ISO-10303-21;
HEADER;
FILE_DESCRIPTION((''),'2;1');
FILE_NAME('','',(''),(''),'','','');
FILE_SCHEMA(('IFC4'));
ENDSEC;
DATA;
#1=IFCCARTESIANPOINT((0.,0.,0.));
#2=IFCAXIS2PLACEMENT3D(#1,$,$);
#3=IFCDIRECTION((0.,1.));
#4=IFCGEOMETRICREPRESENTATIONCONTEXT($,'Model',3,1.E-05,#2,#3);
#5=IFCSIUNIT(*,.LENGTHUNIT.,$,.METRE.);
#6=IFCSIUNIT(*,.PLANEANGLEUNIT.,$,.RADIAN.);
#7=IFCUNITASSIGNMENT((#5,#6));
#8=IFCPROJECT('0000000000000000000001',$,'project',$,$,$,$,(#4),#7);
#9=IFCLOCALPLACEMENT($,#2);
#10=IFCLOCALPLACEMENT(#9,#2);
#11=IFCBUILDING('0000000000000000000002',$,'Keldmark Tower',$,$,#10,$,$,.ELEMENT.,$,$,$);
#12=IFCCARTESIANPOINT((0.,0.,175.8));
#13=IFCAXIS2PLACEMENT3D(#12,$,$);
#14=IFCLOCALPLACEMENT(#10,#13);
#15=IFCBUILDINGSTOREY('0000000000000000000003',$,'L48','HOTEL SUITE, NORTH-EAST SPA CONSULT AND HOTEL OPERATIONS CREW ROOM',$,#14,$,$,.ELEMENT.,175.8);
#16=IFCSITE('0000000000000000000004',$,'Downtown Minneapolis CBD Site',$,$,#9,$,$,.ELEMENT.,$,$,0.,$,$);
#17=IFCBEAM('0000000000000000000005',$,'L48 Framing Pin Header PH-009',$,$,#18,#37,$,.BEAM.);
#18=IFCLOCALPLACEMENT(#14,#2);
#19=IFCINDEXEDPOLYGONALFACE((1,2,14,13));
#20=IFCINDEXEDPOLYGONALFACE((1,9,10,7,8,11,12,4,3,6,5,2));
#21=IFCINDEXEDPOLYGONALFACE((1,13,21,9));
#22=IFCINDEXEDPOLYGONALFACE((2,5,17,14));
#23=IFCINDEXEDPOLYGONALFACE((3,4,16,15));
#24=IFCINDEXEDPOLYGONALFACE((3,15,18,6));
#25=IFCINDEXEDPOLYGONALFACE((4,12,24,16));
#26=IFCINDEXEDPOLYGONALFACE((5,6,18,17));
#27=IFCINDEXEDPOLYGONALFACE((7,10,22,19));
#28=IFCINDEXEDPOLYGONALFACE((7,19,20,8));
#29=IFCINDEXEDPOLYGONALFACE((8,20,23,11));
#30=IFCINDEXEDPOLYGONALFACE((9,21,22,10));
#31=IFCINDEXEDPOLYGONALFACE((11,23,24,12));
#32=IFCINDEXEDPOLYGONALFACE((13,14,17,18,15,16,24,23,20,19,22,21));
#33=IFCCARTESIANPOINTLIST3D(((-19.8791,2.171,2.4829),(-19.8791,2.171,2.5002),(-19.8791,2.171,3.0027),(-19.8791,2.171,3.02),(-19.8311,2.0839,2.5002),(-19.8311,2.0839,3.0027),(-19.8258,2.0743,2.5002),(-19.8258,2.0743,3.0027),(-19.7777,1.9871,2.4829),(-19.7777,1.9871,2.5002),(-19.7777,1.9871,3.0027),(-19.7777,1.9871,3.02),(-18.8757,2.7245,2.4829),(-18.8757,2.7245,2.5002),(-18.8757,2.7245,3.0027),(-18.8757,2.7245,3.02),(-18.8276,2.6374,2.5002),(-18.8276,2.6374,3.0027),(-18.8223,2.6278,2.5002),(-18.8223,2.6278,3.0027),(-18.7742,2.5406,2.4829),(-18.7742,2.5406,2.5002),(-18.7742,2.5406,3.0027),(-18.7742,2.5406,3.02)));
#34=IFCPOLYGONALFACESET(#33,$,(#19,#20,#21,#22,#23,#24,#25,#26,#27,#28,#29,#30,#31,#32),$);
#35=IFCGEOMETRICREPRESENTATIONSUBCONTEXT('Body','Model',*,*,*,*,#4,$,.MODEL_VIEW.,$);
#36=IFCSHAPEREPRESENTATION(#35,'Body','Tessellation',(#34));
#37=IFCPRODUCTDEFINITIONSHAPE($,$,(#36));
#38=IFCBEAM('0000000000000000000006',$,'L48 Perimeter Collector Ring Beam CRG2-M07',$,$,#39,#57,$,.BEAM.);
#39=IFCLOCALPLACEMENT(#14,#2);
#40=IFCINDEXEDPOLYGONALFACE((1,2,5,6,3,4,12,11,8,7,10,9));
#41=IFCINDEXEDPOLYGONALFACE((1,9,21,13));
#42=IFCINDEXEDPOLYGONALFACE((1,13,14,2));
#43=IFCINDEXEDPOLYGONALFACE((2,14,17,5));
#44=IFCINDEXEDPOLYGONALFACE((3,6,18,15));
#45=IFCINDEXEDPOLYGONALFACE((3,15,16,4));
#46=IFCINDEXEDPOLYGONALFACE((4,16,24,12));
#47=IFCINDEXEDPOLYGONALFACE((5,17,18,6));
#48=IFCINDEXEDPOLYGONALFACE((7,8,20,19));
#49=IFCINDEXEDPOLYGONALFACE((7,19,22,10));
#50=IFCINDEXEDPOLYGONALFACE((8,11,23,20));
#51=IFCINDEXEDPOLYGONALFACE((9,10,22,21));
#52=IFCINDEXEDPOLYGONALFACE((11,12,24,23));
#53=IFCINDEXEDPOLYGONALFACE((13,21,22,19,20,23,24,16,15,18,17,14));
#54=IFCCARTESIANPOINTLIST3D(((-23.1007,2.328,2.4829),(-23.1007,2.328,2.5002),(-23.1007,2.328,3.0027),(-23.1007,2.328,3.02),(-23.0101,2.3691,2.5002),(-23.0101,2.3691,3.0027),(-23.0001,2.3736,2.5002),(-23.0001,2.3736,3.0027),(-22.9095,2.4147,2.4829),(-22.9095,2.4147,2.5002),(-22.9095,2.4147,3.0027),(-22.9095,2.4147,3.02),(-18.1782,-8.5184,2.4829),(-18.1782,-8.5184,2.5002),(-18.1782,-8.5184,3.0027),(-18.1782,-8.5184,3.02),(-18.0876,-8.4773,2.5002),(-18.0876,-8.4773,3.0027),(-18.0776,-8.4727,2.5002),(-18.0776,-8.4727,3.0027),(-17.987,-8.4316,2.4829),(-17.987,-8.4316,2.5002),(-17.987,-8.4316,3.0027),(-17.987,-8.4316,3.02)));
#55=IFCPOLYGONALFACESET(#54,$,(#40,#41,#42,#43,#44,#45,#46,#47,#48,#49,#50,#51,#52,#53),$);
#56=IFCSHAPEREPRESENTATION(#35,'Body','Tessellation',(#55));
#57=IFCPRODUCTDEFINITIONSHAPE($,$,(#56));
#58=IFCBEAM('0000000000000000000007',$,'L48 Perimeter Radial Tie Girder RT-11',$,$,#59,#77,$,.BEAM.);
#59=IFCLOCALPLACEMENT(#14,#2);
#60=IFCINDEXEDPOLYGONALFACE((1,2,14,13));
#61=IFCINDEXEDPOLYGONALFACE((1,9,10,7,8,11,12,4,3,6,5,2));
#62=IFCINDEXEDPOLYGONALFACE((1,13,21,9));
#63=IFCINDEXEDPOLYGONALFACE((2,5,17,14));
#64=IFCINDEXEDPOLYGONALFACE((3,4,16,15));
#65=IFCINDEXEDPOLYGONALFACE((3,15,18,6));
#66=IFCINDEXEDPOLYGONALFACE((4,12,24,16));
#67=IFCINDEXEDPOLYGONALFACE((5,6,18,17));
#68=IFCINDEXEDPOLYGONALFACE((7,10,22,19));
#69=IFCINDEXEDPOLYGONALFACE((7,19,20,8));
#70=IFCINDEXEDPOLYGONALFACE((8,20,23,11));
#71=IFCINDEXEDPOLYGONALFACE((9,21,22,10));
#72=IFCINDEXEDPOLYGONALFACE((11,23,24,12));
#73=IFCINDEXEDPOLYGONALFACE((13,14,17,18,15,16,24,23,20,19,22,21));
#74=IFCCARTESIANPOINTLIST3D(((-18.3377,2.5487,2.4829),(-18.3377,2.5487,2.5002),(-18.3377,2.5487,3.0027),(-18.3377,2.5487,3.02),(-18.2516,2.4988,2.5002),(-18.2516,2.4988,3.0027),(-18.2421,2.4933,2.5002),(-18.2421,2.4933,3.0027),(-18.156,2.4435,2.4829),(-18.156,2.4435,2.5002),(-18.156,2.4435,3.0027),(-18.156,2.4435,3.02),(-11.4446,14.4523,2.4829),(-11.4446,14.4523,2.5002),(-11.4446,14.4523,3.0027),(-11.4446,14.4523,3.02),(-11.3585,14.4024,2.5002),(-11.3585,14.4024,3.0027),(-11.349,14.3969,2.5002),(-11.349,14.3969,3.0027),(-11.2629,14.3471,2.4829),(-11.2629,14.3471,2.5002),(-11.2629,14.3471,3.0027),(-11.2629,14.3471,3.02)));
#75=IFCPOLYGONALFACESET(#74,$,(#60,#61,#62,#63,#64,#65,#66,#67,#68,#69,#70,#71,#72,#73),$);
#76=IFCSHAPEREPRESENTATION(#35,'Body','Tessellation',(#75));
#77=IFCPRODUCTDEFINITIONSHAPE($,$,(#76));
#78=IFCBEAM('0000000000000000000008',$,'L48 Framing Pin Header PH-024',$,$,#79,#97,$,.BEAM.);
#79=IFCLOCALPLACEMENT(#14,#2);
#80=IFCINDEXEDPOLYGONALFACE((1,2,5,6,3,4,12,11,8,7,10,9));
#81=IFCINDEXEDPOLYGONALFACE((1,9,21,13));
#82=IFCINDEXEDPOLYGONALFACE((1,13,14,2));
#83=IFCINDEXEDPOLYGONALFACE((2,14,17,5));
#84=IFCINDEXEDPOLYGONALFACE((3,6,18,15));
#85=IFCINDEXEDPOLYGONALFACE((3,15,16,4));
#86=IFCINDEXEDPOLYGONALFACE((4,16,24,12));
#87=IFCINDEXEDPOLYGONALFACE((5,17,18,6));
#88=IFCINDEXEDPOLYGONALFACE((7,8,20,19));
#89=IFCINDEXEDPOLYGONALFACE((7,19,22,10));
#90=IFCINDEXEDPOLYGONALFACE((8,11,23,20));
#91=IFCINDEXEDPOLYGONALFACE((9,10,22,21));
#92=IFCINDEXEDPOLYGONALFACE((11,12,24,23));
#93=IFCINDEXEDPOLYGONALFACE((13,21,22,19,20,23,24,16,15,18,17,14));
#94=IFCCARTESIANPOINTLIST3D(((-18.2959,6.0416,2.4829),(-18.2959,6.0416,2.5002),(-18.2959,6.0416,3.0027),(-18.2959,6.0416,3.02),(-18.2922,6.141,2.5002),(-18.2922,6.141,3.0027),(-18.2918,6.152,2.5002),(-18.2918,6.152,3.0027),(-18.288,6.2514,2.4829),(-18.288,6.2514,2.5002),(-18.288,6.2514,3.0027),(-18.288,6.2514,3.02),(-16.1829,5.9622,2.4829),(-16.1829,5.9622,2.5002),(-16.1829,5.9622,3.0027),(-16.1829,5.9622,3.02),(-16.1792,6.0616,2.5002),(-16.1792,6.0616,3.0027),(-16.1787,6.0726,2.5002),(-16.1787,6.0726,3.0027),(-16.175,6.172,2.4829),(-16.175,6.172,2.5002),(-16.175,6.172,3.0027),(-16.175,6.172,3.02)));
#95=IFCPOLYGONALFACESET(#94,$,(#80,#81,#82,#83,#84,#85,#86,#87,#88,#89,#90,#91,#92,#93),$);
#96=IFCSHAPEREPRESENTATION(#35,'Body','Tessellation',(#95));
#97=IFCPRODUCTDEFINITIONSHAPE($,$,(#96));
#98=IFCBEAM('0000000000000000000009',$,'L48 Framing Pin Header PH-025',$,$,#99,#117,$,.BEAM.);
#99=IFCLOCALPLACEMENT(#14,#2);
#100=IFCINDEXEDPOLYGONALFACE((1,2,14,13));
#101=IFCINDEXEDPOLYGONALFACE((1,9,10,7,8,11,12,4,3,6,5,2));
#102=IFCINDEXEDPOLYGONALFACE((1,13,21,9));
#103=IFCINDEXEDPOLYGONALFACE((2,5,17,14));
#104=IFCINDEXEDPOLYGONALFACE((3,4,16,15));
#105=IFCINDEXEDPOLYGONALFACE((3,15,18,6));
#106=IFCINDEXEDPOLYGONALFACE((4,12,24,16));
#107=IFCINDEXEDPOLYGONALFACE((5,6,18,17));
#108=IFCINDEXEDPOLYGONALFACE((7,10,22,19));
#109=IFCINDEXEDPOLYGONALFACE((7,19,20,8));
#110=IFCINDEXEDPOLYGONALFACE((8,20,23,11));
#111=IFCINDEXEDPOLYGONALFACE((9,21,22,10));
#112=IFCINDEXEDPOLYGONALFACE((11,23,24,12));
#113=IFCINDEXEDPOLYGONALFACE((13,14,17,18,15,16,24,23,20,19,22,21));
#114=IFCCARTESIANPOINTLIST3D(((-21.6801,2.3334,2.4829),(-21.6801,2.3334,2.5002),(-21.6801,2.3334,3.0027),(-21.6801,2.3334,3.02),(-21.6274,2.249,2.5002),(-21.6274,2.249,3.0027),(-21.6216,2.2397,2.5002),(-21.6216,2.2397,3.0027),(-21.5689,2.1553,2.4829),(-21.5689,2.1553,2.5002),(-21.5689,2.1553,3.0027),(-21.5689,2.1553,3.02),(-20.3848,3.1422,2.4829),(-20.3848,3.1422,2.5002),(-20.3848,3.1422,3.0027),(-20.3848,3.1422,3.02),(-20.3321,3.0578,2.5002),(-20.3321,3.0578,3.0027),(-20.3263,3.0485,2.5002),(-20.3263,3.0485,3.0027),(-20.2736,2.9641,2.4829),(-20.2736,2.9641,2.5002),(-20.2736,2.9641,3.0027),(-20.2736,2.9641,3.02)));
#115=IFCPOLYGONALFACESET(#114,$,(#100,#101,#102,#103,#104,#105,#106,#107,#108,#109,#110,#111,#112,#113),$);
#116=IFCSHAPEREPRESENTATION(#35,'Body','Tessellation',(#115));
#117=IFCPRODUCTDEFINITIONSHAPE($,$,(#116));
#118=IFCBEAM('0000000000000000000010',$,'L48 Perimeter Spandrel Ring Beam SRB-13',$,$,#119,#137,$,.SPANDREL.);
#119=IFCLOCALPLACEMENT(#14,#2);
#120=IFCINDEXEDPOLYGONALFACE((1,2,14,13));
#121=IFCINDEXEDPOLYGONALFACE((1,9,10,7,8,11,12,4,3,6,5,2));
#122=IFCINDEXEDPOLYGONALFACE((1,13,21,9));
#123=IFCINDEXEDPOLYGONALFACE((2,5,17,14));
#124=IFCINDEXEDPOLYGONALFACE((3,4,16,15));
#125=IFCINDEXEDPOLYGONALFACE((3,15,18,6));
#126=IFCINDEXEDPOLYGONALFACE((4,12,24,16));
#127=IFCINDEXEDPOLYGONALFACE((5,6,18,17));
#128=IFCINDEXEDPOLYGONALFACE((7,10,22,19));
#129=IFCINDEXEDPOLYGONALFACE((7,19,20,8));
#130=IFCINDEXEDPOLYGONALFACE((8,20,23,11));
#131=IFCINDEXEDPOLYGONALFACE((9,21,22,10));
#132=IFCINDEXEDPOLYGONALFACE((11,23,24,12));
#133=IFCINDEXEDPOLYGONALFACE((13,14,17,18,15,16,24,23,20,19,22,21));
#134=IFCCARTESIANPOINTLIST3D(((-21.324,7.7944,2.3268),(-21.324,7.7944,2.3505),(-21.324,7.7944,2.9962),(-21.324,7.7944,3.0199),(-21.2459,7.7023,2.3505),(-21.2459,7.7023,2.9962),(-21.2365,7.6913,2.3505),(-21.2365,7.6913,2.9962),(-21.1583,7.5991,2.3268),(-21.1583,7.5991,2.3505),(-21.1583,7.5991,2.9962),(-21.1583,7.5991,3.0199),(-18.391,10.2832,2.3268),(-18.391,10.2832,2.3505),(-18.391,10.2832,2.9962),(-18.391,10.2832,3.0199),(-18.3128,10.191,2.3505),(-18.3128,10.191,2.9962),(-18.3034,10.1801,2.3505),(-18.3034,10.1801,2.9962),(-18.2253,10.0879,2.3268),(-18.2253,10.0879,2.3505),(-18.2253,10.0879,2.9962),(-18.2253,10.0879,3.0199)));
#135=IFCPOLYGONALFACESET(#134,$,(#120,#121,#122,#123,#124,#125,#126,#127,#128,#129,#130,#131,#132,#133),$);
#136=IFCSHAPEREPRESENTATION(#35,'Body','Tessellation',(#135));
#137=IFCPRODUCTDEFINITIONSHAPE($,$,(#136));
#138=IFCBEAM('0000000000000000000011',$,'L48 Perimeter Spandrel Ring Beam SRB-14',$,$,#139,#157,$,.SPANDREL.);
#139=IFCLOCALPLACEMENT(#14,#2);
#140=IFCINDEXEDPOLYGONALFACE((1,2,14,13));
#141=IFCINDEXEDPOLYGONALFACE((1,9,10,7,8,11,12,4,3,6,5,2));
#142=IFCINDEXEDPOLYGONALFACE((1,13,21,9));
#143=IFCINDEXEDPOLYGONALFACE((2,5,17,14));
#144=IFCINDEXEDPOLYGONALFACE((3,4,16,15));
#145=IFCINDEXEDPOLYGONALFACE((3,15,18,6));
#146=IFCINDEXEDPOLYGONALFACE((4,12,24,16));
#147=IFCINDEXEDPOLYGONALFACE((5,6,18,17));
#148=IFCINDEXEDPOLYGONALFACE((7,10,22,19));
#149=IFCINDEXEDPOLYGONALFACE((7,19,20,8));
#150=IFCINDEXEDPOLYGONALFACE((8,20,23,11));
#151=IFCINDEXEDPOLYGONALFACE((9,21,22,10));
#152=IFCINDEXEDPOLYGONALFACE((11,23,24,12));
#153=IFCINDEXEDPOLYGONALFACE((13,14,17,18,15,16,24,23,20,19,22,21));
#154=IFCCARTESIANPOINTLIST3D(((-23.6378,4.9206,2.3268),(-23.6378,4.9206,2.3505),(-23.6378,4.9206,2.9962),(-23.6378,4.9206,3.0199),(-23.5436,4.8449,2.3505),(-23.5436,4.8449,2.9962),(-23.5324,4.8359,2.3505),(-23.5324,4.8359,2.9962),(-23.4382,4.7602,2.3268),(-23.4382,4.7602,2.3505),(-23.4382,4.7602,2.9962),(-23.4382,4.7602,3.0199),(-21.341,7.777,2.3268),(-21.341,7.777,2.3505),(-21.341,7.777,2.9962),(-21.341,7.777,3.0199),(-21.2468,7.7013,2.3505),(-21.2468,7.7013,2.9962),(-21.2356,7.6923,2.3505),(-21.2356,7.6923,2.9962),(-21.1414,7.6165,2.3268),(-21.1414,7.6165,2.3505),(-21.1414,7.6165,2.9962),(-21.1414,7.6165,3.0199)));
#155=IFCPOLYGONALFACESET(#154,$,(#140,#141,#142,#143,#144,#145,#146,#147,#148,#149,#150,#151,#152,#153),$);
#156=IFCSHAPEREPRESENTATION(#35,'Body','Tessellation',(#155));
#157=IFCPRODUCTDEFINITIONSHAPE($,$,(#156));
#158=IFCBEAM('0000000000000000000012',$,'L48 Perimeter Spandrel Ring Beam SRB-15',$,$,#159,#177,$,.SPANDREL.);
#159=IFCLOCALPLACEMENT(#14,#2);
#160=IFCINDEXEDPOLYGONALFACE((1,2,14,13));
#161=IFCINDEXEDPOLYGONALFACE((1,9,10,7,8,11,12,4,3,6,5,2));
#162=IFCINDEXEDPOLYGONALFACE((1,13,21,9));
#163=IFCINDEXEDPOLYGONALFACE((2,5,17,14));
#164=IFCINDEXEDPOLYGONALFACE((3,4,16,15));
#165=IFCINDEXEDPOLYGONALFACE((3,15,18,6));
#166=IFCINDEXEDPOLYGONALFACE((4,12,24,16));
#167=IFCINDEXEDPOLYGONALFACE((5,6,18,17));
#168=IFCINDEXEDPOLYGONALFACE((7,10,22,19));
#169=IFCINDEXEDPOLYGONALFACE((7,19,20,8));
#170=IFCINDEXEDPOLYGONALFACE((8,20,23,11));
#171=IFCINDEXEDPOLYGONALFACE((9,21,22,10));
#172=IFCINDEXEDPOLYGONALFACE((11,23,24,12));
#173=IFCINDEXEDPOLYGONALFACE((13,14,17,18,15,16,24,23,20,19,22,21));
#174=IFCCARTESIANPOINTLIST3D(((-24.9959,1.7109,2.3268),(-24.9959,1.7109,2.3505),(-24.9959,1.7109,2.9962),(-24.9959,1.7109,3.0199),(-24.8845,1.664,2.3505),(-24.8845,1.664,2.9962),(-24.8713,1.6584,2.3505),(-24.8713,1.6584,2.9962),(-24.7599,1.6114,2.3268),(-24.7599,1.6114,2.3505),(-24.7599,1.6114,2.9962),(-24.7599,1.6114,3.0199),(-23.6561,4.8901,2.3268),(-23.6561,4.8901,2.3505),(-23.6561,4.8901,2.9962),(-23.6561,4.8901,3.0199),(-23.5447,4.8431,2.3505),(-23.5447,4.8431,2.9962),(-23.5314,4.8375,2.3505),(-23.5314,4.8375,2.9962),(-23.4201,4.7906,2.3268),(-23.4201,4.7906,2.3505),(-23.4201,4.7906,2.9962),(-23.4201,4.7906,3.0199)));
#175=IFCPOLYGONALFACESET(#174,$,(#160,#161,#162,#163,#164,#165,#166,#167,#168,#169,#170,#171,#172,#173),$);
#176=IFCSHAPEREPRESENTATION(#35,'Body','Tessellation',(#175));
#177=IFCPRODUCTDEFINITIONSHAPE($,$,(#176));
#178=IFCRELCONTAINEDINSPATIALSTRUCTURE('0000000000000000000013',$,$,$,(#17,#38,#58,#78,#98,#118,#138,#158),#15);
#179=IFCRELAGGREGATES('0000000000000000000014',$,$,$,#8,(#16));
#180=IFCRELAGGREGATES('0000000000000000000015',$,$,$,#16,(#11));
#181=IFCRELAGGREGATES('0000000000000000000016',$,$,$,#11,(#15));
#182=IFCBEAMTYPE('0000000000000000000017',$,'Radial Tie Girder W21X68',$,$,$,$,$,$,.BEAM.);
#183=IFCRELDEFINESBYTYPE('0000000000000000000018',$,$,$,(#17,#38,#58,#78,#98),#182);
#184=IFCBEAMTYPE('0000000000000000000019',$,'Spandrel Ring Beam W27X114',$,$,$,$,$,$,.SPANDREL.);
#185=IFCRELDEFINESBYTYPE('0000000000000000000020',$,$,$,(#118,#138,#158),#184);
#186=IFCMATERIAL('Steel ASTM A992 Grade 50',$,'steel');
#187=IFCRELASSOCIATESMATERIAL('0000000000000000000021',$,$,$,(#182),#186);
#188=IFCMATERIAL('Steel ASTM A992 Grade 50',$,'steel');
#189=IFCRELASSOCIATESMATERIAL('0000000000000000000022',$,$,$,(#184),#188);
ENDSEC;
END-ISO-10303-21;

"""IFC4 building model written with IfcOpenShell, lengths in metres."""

from ifc_helpers import new_model, si_unit, direction, frame, origin, origin_2d, place, context, subcontext, project, spatial, i_section, extrude, material, material_profile, profile_set, type_object, element, save


model = new_model("IFC4")

# Units and contexts
model_context = context("Model", 3, precision=1e-05, world=origin(), true_north=direction((0.0, 1.0)))
body_context = subcontext(model_context, "Body", "Model", "MODEL_VIEW")
ifc_project = project(units=[si_unit("LENGTHUNIT", "METRE"), si_unit("PLANEANGLEUNIT", "RADIAN")], contexts=[model_context])

# Site, building, storey
site_placement = place(None, origin())
site = spatial("IfcSite", under=ifc_project, at=site_placement, Name="Downtown Minneapolis CBD Site", CompositionType="ELEMENT", RefElevation=0.0)
building_placement = place(site_placement, origin())
building = spatial("IfcBuilding", under=site, at=building_placement, Name="Keldmark Tower", CompositionType="ELEMENT")
storey_placement = place(building_placement, frame((0.0, 0.0, 175.8)))
storey = spatial("IfcBuildingStorey", under=building, at=storey_placement, Name="L48", Description="HOTEL SUITE, NORTH-EAST SPA CONSULT AND HOTEL OPERATIONS CREW ROOM", CompositionType="ELEMENT", Elevation=175.8)

# Beams
ifc_material_1 = material(Name="Steel ASTM A992 Grade 50", Category="steel")
ifc_material_profile_1 = material_profile(ifc_material_1, i_section(OverallWidth=0.21, OverallDepth=0.5371, WebThickness=0.011, FlangeThickness=0.0173, at=origin_2d()), Name="W21X68")
ifc_profile_set_1 = profile_set([ifc_material_profile_1], Name="Steel ASTM A992 Grade 50")
beam_type_1 = type_object("IfcBeamType", Name="Radial Tie Girder W21X68", PredefinedType="BEAM", material=ifc_profile_set_1)
beam_1_placement = place(storey_placement, frame((-18.825, 2.6326, 2.7515), z_axis=(-0.875631, -0.482982, 0.0), x_axis=(0.482982, -0.875631, 0.0)))
element("IfcBeam", 1, at=beam_1_placement, inside=storey, type_object=beam_type_1, Name="L48 Framing Pin Header PH-009", PredefinedType="BEAM", context=body_context, shape_type="SweptSolid", body=[
    extrude(i_section(OverallWidth=0.21, OverallDepth=0.5371, WebThickness=0.011, FlangeThickness=0.0173, at=origin_2d()), origin(), (0.0, 0.0, 1.0), 1.146),
])
beam_2_placement = place(storey_placement, frame((-23.0051, 2.3713, 2.7515), z_axis=(0.413275, -0.910606, 0.0), x_axis=(0.910606, 0.413275, 0.0)))
element("IfcBeam", 2, at=beam_2_placement, inside=storey, type_object=beam_type_1, Name="L48 Perimeter Collector Ring Beam CRG2-M07", PredefinedType="BEAM", context=body_context, shape_type="SweptSolid", body=[
    extrude(i_section(OverallWidth=0.21, OverallDepth=0.5371, WebThickness=0.011, FlangeThickness=0.0173, at=origin_2d()), origin(), (0.0, 0.0, 1.0), 11.9111),
])
beam_3_placement = place(storey_placement, frame((-18.2468, 2.4961, 2.7515), z_axis=(0.50112, 0.865378, 0.0), x_axis=(-0.865378, 0.50112, 0.0)))
element("IfcBeam", 3, at=beam_3_placement, inside=storey, type_object=beam_type_1, Name="L48 Perimeter Radial Tie Girder RT-11", PredefinedType="BEAM", context=body_context, shape_type="SweptSolid", body=[
    extrude(i_section(OverallWidth=0.21, OverallDepth=0.5371, WebThickness=0.011, FlangeThickness=0.0173, at=origin_2d()), origin(), (0.0, 0.0, 1.0), 13.7554),
])
beam_4_placement = place(storey_placement, frame((-16.179, 6.0671, 2.7515), z_axis=(-0.999296, 0.037524, 0.0), x_axis=(-0.037524, -0.999296, 0.0)))
element("IfcBeam", 4, at=beam_4_placement, inside=storey, type_object=beam_type_1, Name="L48 Framing Pin Header PH-024", PredefinedType="BEAM", context=body_context, shape_type="SweptSolid", body=[
    extrude(i_section(OverallWidth=0.21, OverallDepth=0.5371, WebThickness=0.011, FlangeThickness=0.0173, at=origin_2d()), origin(), (0.0, 0.0, 1.0), 2.1145),
])
beam_5_placement = place(storey_placement, frame((-21.6245, 2.2444, 2.7515), z_axis=(0.848232, 0.529625, 0.0), x_axis=(-0.529625, 0.848232, 0.0)))
element("IfcBeam", 5, at=beam_5_placement, inside=storey, type_object=beam_type_1, Name="L48 Framing Pin Header PH-025", PredefinedType="BEAM", context=body_context, shape_type="SweptSolid", body=[
    extrude(i_section(OverallWidth=0.21, OverallDepth=0.5371, WebThickness=0.011, FlangeThickness=0.0173, at=origin_2d()), origin(), (0.0, 0.0, 1.0), 1.5271),
])
ifc_material_2 = material(Name="Steel ASTM A992 Grade 50", Category="steel")
ifc_material_profile_2 = material_profile(ifc_material_2, i_section(OverallWidth=0.2561, OverallDepth=0.6931, WebThickness=0.0144, FlangeThickness=0.0237, at=origin_2d()), Name="W27X114")
ifc_profile_set_2 = profile_set([ifc_material_profile_2], Name="Steel ASTM A992 Grade 50")
beam_type_2 = type_object("IfcBeamType", Name="Spandrel Ring Beam W27X114", PredefinedType="SPANDREL", material=ifc_profile_set_2)
beam_6_placement = place(storey_placement, frame((-18.3081, 10.1855, 2.6733), z_axis=(-0.7625, -0.646989, 0.0), x_axis=(0.646989, -0.7625, 0.0)))
element("IfcBeam", 6, at=beam_6_placement, inside=storey, type_object=beam_type_2, Name="L48 Perimeter Spandrel Ring Beam SRB-13", PredefinedType="SPANDREL", context=body_context, shape_type="SweptSolid", body=[
    extrude(i_section(OverallWidth=0.2561, OverallDepth=0.6931, WebThickness=0.0144, FlangeThickness=0.0237, at=origin_2d()), origin(), (0.0, 0.0, 1.0), 3.8467),
])
beam_7_placement = place(storey_placement, frame((-21.2412, 7.6968, 2.6733), z_axis=(-0.626643, -0.779307, 0.0), x_axis=(0.779307, -0.626643, 0.0)))
element("IfcBeam", 7, at=beam_7_placement, inside=storey, type_object=beam_type_2, Name="L48 Perimeter Spandrel Ring Beam SRB-14", PredefinedType="SPANDREL", context=body_context, shape_type="SweptSolid", body=[
    extrude(i_section(OverallWidth=0.2561, OverallDepth=0.6931, WebThickness=0.0144, FlangeThickness=0.0237, at=origin_2d()), origin(), (0.0, 0.0, 1.0), 3.6653),
])
beam_8_placement = place(storey_placement, frame((-23.5381, 4.8403, 2.6733), z_axis=(-0.388361, -0.921507, 0.0), x_axis=(0.921507, -0.388361, 0.0)))
element("IfcBeam", 8, at=beam_8_placement, inside=storey, type_object=beam_type_2, Name="L48 Perimeter Spandrel Ring Beam SRB-15", PredefinedType="SPANDREL", context=body_context, shape_type="SweptSolid", body=[
    extrude(i_section(OverallWidth=0.2561, OverallDepth=0.6931, WebThickness=0.0144, FlangeThickness=0.0237, at=origin_2d()), origin(), (0.0, 0.0, 1.0), 3.45),
])

save(model, "model.ifc")
